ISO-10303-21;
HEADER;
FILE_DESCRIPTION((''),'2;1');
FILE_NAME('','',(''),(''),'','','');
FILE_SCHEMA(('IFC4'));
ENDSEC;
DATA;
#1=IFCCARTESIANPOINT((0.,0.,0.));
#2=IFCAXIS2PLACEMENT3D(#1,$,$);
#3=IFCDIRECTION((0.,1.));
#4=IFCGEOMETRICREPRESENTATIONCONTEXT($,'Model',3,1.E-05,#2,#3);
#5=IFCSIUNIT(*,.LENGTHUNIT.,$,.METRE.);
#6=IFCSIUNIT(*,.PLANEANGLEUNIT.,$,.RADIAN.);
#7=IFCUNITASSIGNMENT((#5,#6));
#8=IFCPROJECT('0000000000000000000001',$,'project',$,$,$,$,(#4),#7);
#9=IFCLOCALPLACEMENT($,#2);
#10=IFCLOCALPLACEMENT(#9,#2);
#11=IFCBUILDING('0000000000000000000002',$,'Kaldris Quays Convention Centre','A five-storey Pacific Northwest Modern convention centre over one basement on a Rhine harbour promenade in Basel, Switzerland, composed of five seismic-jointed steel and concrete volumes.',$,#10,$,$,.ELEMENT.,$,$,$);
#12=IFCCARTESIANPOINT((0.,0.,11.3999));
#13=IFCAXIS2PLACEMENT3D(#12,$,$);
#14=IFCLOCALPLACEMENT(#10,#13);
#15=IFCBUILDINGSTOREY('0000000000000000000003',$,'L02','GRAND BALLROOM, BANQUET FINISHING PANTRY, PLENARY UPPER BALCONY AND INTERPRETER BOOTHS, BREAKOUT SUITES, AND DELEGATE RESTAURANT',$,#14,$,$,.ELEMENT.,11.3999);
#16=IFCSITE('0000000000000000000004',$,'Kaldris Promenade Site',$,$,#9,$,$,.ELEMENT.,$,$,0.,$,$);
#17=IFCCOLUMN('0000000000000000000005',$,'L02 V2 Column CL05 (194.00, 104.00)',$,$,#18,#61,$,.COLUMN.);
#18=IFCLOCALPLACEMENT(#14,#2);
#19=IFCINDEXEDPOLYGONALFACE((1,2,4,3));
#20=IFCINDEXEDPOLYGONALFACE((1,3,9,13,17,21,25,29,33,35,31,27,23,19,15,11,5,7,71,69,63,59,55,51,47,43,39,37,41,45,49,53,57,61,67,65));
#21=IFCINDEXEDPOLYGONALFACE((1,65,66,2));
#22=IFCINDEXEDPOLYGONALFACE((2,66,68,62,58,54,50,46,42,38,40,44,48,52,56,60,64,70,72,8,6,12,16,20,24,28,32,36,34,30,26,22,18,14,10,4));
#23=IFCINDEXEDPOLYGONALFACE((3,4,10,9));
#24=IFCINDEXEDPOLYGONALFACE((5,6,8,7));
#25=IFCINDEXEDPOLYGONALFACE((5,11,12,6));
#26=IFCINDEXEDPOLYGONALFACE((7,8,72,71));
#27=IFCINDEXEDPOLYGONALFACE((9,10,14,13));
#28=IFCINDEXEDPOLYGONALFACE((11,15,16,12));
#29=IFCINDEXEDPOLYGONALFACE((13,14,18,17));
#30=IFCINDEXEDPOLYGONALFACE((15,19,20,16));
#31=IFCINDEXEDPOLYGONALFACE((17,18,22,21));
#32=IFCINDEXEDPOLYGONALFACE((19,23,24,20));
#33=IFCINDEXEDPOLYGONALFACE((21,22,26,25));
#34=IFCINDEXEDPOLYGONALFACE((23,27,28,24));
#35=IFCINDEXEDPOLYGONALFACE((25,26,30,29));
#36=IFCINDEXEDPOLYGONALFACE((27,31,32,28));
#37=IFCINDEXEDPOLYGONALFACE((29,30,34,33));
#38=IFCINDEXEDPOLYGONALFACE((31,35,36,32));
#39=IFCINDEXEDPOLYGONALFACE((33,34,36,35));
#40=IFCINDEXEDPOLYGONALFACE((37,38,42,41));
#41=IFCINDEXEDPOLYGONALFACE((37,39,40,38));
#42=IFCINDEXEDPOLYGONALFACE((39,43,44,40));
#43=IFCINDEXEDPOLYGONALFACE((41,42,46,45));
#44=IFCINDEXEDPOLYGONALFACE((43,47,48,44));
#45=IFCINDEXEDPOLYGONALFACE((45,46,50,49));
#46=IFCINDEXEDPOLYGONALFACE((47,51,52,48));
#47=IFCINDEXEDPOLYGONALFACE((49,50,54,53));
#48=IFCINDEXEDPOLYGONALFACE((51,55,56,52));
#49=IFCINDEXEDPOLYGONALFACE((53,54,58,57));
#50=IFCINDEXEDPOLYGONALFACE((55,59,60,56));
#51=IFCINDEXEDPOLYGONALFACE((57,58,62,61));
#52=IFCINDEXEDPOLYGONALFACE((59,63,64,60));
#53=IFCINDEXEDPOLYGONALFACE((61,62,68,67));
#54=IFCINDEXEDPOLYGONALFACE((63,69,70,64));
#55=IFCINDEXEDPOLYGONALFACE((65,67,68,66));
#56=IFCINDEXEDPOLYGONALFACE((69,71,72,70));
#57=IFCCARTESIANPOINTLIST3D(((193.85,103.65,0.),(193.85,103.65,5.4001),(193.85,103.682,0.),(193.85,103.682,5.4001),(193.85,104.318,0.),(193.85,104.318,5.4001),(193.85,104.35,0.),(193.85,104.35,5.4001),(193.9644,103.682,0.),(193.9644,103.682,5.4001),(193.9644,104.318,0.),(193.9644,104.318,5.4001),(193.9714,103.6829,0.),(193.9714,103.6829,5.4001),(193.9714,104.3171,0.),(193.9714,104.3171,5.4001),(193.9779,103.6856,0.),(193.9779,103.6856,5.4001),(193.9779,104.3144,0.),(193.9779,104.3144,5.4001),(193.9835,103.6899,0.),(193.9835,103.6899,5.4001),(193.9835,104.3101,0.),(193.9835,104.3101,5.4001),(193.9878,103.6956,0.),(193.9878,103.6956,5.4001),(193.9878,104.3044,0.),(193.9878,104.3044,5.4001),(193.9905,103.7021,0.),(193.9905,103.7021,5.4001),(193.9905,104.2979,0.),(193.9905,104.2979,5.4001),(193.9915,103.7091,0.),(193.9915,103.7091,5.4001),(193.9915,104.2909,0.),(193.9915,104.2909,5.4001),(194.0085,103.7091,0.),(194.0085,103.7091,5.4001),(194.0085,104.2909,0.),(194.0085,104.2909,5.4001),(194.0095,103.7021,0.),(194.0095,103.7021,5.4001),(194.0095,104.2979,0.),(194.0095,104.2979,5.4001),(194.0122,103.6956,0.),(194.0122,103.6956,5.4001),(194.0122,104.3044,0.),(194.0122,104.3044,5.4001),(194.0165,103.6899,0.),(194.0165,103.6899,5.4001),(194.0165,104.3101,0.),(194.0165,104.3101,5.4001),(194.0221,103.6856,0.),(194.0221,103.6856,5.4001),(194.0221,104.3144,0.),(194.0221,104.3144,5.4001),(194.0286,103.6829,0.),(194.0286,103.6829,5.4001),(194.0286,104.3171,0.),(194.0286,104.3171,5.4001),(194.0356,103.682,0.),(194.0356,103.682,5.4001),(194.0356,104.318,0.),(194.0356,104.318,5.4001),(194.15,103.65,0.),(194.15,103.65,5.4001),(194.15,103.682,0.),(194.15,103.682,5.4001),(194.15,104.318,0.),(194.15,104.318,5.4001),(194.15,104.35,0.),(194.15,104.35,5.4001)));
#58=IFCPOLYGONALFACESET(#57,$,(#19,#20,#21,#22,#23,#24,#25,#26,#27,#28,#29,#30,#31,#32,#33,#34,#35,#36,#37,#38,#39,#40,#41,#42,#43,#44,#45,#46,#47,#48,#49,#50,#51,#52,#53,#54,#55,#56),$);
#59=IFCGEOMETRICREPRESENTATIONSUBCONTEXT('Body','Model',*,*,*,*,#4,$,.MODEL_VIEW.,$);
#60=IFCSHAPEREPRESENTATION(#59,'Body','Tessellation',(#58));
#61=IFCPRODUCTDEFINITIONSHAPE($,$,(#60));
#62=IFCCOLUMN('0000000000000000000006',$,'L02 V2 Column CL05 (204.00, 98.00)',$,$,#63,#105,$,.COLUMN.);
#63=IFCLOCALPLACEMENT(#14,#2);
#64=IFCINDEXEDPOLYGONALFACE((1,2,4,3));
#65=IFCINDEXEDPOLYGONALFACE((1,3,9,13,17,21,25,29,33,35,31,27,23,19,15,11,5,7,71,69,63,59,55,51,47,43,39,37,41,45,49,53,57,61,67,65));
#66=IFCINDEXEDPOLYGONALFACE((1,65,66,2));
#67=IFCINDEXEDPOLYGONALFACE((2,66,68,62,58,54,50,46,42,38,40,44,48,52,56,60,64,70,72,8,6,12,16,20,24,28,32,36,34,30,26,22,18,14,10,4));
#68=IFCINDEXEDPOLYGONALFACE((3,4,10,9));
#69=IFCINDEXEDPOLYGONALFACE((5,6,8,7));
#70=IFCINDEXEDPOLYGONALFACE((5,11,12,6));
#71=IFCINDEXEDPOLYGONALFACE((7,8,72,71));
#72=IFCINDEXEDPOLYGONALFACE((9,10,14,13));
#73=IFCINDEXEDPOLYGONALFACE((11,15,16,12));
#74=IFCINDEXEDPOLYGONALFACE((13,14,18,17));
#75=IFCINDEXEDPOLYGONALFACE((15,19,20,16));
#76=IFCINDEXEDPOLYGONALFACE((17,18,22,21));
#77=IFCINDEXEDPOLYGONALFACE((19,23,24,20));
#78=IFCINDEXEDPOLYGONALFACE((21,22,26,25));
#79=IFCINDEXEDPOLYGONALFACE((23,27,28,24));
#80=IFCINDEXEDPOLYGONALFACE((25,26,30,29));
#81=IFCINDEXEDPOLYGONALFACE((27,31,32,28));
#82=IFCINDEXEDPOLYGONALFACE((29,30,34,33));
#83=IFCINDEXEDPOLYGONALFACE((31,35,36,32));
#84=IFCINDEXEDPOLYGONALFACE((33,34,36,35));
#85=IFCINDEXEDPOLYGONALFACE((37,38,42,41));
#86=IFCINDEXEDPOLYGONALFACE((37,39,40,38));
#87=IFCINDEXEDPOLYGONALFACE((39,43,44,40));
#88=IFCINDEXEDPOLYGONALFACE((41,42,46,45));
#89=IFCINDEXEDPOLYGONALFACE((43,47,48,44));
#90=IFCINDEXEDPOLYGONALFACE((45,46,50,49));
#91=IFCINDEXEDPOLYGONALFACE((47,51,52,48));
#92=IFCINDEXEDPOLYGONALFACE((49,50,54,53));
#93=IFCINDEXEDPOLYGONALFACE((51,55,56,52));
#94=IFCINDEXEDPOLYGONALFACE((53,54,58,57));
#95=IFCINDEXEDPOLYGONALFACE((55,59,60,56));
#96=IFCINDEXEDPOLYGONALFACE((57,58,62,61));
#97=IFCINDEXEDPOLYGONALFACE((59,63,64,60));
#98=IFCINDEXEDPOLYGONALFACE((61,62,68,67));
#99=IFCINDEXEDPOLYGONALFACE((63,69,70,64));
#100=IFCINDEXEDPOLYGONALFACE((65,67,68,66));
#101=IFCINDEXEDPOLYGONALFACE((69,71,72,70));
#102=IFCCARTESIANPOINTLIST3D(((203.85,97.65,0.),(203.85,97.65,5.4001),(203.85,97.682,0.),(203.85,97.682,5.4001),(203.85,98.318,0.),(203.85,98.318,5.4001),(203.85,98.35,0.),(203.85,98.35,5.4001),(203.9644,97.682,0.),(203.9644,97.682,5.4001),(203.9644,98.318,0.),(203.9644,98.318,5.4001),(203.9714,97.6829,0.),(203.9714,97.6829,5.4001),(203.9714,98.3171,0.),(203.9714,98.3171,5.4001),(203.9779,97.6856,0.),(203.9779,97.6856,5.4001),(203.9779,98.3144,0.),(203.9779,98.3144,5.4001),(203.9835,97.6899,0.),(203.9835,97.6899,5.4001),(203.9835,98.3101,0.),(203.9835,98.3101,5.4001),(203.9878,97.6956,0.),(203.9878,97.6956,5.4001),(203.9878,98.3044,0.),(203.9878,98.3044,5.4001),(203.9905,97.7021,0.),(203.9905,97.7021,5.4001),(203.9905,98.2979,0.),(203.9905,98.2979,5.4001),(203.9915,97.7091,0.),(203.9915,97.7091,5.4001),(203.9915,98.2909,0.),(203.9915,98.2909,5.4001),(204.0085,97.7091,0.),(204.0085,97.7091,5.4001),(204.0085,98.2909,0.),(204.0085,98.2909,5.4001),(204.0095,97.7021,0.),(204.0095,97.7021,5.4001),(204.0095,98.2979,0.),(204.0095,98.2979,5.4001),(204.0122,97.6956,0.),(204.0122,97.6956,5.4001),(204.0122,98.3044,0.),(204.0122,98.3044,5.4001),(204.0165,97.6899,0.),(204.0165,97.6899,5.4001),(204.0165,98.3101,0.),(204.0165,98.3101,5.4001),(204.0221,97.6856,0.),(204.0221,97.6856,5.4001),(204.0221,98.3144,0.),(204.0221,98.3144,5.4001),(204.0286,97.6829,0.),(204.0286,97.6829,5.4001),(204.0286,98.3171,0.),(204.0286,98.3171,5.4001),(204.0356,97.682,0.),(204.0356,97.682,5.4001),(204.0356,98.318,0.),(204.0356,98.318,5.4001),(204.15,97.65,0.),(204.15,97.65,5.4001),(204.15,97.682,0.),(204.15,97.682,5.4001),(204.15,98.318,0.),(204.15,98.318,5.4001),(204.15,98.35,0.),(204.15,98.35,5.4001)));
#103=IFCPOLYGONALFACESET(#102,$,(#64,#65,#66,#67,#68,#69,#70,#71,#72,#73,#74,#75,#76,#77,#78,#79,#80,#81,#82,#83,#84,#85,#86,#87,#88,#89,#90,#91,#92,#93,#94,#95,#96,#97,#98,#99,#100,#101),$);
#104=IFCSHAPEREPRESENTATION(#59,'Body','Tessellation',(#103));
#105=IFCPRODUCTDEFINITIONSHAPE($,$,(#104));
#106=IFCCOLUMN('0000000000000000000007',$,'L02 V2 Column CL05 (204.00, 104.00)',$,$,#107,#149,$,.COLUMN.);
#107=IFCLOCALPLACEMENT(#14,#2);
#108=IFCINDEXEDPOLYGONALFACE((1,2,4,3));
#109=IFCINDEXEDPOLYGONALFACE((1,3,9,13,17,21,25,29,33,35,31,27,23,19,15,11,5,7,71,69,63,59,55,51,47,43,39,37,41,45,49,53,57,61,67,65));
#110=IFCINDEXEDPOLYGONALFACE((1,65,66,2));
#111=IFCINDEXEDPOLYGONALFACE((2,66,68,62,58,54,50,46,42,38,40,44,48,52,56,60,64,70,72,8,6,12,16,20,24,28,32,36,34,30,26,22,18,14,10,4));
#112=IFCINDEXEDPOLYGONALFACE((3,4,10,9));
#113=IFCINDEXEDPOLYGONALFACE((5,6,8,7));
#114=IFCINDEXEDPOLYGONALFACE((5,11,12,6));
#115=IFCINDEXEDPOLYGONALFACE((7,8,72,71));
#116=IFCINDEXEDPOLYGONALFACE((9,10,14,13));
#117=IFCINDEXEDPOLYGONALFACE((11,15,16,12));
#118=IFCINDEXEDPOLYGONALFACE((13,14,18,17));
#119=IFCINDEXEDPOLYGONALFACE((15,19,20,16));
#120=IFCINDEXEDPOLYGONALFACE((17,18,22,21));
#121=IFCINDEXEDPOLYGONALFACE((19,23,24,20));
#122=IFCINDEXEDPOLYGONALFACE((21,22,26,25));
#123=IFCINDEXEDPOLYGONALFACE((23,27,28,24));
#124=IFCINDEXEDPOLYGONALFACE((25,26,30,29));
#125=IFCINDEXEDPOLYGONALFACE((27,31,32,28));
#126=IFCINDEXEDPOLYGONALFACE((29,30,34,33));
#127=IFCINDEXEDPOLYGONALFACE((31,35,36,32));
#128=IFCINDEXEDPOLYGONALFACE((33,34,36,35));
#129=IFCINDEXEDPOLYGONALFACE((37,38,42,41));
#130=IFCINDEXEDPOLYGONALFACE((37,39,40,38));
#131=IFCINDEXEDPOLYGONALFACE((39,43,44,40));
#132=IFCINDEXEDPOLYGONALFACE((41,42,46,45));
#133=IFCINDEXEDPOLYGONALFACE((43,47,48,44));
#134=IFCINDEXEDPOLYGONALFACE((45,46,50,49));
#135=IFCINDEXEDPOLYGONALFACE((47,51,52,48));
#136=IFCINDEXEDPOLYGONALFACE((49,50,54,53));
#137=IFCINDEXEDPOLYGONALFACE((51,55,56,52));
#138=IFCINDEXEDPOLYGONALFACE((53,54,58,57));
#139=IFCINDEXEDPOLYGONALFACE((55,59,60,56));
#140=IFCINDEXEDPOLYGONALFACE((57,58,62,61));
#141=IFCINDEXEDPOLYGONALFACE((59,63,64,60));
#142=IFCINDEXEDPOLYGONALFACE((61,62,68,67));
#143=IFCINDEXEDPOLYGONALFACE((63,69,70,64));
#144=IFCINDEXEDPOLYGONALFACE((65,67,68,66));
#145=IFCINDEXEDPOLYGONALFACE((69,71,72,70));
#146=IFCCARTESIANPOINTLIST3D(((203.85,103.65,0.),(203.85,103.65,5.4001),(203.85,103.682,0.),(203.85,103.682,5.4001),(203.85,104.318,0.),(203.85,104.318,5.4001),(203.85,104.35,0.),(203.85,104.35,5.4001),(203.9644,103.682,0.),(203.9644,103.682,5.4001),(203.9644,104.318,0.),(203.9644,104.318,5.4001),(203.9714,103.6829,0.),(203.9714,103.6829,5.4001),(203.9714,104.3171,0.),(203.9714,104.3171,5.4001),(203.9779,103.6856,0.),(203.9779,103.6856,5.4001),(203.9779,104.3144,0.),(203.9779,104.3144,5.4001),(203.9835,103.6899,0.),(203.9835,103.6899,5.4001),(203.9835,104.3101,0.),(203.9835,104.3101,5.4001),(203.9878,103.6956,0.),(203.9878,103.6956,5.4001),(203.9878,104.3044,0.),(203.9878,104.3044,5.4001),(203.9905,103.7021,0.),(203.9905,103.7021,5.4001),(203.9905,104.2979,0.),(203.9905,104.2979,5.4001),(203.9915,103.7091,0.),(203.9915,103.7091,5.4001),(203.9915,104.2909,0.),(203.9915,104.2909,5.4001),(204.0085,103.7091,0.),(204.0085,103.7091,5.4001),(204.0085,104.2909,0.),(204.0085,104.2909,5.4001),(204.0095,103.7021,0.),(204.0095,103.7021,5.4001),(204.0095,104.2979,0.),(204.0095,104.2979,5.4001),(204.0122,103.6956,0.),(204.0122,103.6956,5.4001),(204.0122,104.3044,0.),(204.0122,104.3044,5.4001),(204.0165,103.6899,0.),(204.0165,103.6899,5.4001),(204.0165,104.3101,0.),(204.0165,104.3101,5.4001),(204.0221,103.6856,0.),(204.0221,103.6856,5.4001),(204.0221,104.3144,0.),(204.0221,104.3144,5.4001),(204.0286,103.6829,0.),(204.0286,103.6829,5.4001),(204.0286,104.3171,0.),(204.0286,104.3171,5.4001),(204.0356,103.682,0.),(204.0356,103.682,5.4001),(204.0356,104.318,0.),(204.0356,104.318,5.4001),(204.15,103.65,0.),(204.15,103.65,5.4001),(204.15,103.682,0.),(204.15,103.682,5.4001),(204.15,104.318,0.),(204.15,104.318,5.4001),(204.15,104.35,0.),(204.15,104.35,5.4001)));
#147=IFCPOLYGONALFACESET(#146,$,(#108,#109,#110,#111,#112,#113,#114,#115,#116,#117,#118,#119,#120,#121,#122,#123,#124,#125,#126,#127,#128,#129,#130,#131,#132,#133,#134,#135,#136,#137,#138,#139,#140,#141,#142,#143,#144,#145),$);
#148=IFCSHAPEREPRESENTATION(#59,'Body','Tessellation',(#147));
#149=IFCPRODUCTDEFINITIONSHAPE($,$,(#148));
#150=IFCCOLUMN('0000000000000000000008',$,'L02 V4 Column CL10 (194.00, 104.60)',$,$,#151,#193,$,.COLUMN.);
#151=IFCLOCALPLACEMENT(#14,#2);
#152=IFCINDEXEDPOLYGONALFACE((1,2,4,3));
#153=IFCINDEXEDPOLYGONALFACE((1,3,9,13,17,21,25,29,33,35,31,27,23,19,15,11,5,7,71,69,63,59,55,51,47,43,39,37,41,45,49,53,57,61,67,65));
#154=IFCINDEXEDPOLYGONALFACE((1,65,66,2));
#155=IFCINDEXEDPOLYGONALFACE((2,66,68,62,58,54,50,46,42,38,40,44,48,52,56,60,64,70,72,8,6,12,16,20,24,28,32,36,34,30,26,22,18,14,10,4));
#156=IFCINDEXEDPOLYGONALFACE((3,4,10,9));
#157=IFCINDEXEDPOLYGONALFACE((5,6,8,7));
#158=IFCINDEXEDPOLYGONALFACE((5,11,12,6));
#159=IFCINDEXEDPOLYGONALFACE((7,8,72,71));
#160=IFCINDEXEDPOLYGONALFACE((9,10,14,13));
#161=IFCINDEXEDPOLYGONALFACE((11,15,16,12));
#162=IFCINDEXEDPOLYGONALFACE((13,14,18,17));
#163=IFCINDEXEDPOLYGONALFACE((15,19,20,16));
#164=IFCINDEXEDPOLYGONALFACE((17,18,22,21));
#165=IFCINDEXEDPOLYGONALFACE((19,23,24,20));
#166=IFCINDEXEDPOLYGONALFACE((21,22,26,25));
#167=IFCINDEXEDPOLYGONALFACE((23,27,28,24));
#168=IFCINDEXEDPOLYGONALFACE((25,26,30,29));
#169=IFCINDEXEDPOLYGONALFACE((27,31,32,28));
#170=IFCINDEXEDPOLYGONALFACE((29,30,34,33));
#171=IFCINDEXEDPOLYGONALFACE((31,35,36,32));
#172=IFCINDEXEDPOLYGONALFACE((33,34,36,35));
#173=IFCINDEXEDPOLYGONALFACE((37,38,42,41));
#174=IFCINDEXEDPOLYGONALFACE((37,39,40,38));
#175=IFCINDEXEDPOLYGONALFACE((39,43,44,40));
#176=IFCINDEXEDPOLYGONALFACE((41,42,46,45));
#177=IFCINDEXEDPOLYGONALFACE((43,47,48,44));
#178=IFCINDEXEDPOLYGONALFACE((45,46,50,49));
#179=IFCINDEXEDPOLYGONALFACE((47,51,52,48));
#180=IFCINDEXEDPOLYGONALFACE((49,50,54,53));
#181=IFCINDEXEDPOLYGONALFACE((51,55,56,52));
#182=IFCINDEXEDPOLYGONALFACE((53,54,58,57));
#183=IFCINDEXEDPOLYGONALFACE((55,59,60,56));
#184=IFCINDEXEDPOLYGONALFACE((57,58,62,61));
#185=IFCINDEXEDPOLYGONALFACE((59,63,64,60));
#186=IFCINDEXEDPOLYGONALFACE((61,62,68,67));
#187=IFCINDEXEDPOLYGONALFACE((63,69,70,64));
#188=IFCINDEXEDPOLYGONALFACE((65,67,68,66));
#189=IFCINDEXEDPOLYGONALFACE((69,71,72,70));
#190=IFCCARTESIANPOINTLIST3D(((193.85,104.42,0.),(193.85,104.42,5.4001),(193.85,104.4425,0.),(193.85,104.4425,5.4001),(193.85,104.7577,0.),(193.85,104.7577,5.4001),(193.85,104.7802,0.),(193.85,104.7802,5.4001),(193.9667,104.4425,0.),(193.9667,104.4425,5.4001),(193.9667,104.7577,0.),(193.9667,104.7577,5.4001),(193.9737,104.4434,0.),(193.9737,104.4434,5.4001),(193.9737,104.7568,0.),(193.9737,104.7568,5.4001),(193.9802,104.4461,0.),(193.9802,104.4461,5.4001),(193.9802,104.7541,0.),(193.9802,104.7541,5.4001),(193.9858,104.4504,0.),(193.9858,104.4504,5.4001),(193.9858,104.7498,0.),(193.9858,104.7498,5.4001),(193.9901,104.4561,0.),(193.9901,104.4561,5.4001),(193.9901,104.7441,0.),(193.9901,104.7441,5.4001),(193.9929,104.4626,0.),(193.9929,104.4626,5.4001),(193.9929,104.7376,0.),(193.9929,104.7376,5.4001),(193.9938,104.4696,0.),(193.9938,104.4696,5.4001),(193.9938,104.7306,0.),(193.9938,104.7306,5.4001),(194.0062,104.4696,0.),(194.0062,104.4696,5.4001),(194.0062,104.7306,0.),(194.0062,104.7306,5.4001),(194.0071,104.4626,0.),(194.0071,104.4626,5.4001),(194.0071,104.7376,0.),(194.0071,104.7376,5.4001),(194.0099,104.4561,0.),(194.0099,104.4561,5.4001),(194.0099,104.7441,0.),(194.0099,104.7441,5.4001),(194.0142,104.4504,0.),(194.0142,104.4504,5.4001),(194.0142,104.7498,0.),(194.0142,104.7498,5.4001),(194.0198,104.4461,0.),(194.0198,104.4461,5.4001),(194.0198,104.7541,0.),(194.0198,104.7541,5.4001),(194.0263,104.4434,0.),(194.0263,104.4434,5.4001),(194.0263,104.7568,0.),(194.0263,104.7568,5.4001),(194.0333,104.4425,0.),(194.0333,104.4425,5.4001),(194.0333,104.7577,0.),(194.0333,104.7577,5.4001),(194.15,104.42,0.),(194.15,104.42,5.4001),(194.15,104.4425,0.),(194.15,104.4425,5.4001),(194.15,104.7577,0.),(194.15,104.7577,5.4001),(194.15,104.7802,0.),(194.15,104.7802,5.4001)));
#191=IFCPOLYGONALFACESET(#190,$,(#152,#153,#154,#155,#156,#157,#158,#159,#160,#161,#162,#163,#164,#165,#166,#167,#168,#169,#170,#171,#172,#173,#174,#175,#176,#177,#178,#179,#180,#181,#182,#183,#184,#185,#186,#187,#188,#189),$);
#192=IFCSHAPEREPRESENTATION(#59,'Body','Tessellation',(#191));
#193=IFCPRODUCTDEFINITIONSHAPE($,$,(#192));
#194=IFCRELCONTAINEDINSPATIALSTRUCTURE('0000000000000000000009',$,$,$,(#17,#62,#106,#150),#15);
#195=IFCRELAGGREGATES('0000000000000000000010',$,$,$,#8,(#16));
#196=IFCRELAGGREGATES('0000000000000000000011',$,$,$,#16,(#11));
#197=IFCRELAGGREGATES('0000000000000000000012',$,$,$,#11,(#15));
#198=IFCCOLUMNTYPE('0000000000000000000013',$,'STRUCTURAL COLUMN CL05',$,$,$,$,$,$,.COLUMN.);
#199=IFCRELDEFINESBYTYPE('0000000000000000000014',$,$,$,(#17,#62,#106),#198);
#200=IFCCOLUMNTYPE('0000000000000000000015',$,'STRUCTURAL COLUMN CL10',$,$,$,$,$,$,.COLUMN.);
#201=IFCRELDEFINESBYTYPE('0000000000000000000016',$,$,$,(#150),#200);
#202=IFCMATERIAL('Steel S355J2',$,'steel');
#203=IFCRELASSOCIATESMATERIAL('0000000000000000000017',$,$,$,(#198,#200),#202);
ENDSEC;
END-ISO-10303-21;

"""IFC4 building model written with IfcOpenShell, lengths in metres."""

from ifc_helpers import new_model, si_unit, direction, frame, origin, origin_2d, place, context, subcontext, project, spatial, i_section, extrude, material, material_profile, profile_set, type_object, element, save


model = new_model("IFC4")

# Units and contexts
model_context = context("Model", 3, precision=1e-05, world=origin(), true_north=direction((0.0, 1.0)))
body_context = subcontext(model_context, "Body", "Model", "MODEL_VIEW")
ifc_project = project(units=[si_unit("LENGTHUNIT", "METRE"), si_unit("PLANEANGLEUNIT", "RADIAN")], contexts=[model_context])

# Site, building, storey
site_placement = place(None, origin())
site = spatial("IfcSite", under=ifc_project, at=site_placement, Name="Kaldris Promenade Site", CompositionType="ELEMENT", RefElevation=0.0)
building_placement = place(site_placement, origin())
building = spatial("IfcBuilding", under=site, at=building_placement, Name="Kaldris Quays Convention Centre", Description="A five-storey Pacific Northwest Modern convention centre over one basement on a Rhine harbour promenade in Basel, Switzerland, composed of five seismic-jointed steel and concrete volumes.", CompositionType="ELEMENT")
storey_placement = place(building_placement, frame((0.0, 0.0, 11.3999)))
storey = spatial("IfcBuildingStorey", under=building, at=storey_placement, Name="L02", Description="GRAND BALLROOM, BANQUET FINISHING PANTRY, PLENARY UPPER BALCONY AND INTERPRETER BOOTHS, BREAKOUT SUITES, AND DELEGATE RESTAURANT", CompositionType="ELEMENT", Elevation=11.3999)

# Columns
ifc_material_1 = material(Name="Steel S355J2", Category="steel")
ifc_material_profile_1 = material_profile(ifc_material_1, i_section(OverallWidth=0.3, OverallDepth=0.7, WebThickness=0.0171, FlangeThickness=0.032, FilletRadius=0.0271, at=origin_2d()), Name="HEB 700")
ifc_profile_set_1 = profile_set([ifc_material_profile_1], Name="Steel S355J2")
column_type_1 = type_object("IfcColumnType", Name="STRUCTURAL COLUMN CL05", PredefinedType="COLUMN", material=ifc_profile_set_1)
for number, where, z_axis, x_axis, name in (
    (1, (194.0, 104.0, 0.0), (0.0, 0.0, 1.0), (1.0, 0.0, 0.0), "L02 V2 Column CL05 (194.00, 104.00)"),
    (2, (204.0, 98.0, 0.0), (0.0, 0.0, 1.0), (1.0, 0.0, 0.0), "L02 V2 Column CL05 (204.00, 98.00)"),
    (3, (204.0, 104.0, 0.0), (0.0, 0.0, 1.0), (1.0, 0.0, 0.0), "L02 V2 Column CL05 (204.00, 104.00)"),
):
    element("IfcColumn", number, at=place(storey_placement, frame(where, z_axis=z_axis, x_axis=x_axis)), inside=storey, type_object=column_type_1, Name=name, PredefinedType="COLUMN", context=body_context, shape_type="SweptSolid", body=[
        extrude(i_section(OverallWidth=0.3, OverallDepth=0.7, WebThickness=0.0171, FlangeThickness=0.032, FilletRadius=0.0271, at=origin_2d()), origin(), (0.0, 0.0, 1.0), 5.4001),
    ])
ifc_material_profile_2 = material_profile(ifc_material_1, i_section(OverallWidth=0.3, OverallDepth=0.3601, WebThickness=0.0125, FlangeThickness=0.0225, FilletRadius=0.0271, at=origin_2d()), Name="HEB 360")
ifc_profile_set_2 = profile_set([ifc_material_profile_2], Name="Steel S355J2")
column_type_2 = type_object("IfcColumnType", Name="STRUCTURAL COLUMN CL10", PredefinedType="COLUMN", material=ifc_profile_set_2)
column_placement = place(storey_placement, frame((194.0, 104.6001, 0.0), z_axis=(0.0, 0.0, 1.0), x_axis=(1.0, 0.0, 0.0)))
element("IfcColumn", 4, at=column_placement, inside=storey, type_object=column_type_2, Name="L02 V4 Column CL10 (194.00, 104.60)", PredefinedType="COLUMN", context=body_context, shape_type="SweptSolid", body=[
    extrude(i_section(OverallWidth=0.3, OverallDepth=0.3601, WebThickness=0.0125, FlangeThickness=0.0225, FilletRadius=0.0271, at=origin_2d()), origin(), (0.0, 0.0, 1.0), 5.4001),
])

save(model, "model.ifc")
